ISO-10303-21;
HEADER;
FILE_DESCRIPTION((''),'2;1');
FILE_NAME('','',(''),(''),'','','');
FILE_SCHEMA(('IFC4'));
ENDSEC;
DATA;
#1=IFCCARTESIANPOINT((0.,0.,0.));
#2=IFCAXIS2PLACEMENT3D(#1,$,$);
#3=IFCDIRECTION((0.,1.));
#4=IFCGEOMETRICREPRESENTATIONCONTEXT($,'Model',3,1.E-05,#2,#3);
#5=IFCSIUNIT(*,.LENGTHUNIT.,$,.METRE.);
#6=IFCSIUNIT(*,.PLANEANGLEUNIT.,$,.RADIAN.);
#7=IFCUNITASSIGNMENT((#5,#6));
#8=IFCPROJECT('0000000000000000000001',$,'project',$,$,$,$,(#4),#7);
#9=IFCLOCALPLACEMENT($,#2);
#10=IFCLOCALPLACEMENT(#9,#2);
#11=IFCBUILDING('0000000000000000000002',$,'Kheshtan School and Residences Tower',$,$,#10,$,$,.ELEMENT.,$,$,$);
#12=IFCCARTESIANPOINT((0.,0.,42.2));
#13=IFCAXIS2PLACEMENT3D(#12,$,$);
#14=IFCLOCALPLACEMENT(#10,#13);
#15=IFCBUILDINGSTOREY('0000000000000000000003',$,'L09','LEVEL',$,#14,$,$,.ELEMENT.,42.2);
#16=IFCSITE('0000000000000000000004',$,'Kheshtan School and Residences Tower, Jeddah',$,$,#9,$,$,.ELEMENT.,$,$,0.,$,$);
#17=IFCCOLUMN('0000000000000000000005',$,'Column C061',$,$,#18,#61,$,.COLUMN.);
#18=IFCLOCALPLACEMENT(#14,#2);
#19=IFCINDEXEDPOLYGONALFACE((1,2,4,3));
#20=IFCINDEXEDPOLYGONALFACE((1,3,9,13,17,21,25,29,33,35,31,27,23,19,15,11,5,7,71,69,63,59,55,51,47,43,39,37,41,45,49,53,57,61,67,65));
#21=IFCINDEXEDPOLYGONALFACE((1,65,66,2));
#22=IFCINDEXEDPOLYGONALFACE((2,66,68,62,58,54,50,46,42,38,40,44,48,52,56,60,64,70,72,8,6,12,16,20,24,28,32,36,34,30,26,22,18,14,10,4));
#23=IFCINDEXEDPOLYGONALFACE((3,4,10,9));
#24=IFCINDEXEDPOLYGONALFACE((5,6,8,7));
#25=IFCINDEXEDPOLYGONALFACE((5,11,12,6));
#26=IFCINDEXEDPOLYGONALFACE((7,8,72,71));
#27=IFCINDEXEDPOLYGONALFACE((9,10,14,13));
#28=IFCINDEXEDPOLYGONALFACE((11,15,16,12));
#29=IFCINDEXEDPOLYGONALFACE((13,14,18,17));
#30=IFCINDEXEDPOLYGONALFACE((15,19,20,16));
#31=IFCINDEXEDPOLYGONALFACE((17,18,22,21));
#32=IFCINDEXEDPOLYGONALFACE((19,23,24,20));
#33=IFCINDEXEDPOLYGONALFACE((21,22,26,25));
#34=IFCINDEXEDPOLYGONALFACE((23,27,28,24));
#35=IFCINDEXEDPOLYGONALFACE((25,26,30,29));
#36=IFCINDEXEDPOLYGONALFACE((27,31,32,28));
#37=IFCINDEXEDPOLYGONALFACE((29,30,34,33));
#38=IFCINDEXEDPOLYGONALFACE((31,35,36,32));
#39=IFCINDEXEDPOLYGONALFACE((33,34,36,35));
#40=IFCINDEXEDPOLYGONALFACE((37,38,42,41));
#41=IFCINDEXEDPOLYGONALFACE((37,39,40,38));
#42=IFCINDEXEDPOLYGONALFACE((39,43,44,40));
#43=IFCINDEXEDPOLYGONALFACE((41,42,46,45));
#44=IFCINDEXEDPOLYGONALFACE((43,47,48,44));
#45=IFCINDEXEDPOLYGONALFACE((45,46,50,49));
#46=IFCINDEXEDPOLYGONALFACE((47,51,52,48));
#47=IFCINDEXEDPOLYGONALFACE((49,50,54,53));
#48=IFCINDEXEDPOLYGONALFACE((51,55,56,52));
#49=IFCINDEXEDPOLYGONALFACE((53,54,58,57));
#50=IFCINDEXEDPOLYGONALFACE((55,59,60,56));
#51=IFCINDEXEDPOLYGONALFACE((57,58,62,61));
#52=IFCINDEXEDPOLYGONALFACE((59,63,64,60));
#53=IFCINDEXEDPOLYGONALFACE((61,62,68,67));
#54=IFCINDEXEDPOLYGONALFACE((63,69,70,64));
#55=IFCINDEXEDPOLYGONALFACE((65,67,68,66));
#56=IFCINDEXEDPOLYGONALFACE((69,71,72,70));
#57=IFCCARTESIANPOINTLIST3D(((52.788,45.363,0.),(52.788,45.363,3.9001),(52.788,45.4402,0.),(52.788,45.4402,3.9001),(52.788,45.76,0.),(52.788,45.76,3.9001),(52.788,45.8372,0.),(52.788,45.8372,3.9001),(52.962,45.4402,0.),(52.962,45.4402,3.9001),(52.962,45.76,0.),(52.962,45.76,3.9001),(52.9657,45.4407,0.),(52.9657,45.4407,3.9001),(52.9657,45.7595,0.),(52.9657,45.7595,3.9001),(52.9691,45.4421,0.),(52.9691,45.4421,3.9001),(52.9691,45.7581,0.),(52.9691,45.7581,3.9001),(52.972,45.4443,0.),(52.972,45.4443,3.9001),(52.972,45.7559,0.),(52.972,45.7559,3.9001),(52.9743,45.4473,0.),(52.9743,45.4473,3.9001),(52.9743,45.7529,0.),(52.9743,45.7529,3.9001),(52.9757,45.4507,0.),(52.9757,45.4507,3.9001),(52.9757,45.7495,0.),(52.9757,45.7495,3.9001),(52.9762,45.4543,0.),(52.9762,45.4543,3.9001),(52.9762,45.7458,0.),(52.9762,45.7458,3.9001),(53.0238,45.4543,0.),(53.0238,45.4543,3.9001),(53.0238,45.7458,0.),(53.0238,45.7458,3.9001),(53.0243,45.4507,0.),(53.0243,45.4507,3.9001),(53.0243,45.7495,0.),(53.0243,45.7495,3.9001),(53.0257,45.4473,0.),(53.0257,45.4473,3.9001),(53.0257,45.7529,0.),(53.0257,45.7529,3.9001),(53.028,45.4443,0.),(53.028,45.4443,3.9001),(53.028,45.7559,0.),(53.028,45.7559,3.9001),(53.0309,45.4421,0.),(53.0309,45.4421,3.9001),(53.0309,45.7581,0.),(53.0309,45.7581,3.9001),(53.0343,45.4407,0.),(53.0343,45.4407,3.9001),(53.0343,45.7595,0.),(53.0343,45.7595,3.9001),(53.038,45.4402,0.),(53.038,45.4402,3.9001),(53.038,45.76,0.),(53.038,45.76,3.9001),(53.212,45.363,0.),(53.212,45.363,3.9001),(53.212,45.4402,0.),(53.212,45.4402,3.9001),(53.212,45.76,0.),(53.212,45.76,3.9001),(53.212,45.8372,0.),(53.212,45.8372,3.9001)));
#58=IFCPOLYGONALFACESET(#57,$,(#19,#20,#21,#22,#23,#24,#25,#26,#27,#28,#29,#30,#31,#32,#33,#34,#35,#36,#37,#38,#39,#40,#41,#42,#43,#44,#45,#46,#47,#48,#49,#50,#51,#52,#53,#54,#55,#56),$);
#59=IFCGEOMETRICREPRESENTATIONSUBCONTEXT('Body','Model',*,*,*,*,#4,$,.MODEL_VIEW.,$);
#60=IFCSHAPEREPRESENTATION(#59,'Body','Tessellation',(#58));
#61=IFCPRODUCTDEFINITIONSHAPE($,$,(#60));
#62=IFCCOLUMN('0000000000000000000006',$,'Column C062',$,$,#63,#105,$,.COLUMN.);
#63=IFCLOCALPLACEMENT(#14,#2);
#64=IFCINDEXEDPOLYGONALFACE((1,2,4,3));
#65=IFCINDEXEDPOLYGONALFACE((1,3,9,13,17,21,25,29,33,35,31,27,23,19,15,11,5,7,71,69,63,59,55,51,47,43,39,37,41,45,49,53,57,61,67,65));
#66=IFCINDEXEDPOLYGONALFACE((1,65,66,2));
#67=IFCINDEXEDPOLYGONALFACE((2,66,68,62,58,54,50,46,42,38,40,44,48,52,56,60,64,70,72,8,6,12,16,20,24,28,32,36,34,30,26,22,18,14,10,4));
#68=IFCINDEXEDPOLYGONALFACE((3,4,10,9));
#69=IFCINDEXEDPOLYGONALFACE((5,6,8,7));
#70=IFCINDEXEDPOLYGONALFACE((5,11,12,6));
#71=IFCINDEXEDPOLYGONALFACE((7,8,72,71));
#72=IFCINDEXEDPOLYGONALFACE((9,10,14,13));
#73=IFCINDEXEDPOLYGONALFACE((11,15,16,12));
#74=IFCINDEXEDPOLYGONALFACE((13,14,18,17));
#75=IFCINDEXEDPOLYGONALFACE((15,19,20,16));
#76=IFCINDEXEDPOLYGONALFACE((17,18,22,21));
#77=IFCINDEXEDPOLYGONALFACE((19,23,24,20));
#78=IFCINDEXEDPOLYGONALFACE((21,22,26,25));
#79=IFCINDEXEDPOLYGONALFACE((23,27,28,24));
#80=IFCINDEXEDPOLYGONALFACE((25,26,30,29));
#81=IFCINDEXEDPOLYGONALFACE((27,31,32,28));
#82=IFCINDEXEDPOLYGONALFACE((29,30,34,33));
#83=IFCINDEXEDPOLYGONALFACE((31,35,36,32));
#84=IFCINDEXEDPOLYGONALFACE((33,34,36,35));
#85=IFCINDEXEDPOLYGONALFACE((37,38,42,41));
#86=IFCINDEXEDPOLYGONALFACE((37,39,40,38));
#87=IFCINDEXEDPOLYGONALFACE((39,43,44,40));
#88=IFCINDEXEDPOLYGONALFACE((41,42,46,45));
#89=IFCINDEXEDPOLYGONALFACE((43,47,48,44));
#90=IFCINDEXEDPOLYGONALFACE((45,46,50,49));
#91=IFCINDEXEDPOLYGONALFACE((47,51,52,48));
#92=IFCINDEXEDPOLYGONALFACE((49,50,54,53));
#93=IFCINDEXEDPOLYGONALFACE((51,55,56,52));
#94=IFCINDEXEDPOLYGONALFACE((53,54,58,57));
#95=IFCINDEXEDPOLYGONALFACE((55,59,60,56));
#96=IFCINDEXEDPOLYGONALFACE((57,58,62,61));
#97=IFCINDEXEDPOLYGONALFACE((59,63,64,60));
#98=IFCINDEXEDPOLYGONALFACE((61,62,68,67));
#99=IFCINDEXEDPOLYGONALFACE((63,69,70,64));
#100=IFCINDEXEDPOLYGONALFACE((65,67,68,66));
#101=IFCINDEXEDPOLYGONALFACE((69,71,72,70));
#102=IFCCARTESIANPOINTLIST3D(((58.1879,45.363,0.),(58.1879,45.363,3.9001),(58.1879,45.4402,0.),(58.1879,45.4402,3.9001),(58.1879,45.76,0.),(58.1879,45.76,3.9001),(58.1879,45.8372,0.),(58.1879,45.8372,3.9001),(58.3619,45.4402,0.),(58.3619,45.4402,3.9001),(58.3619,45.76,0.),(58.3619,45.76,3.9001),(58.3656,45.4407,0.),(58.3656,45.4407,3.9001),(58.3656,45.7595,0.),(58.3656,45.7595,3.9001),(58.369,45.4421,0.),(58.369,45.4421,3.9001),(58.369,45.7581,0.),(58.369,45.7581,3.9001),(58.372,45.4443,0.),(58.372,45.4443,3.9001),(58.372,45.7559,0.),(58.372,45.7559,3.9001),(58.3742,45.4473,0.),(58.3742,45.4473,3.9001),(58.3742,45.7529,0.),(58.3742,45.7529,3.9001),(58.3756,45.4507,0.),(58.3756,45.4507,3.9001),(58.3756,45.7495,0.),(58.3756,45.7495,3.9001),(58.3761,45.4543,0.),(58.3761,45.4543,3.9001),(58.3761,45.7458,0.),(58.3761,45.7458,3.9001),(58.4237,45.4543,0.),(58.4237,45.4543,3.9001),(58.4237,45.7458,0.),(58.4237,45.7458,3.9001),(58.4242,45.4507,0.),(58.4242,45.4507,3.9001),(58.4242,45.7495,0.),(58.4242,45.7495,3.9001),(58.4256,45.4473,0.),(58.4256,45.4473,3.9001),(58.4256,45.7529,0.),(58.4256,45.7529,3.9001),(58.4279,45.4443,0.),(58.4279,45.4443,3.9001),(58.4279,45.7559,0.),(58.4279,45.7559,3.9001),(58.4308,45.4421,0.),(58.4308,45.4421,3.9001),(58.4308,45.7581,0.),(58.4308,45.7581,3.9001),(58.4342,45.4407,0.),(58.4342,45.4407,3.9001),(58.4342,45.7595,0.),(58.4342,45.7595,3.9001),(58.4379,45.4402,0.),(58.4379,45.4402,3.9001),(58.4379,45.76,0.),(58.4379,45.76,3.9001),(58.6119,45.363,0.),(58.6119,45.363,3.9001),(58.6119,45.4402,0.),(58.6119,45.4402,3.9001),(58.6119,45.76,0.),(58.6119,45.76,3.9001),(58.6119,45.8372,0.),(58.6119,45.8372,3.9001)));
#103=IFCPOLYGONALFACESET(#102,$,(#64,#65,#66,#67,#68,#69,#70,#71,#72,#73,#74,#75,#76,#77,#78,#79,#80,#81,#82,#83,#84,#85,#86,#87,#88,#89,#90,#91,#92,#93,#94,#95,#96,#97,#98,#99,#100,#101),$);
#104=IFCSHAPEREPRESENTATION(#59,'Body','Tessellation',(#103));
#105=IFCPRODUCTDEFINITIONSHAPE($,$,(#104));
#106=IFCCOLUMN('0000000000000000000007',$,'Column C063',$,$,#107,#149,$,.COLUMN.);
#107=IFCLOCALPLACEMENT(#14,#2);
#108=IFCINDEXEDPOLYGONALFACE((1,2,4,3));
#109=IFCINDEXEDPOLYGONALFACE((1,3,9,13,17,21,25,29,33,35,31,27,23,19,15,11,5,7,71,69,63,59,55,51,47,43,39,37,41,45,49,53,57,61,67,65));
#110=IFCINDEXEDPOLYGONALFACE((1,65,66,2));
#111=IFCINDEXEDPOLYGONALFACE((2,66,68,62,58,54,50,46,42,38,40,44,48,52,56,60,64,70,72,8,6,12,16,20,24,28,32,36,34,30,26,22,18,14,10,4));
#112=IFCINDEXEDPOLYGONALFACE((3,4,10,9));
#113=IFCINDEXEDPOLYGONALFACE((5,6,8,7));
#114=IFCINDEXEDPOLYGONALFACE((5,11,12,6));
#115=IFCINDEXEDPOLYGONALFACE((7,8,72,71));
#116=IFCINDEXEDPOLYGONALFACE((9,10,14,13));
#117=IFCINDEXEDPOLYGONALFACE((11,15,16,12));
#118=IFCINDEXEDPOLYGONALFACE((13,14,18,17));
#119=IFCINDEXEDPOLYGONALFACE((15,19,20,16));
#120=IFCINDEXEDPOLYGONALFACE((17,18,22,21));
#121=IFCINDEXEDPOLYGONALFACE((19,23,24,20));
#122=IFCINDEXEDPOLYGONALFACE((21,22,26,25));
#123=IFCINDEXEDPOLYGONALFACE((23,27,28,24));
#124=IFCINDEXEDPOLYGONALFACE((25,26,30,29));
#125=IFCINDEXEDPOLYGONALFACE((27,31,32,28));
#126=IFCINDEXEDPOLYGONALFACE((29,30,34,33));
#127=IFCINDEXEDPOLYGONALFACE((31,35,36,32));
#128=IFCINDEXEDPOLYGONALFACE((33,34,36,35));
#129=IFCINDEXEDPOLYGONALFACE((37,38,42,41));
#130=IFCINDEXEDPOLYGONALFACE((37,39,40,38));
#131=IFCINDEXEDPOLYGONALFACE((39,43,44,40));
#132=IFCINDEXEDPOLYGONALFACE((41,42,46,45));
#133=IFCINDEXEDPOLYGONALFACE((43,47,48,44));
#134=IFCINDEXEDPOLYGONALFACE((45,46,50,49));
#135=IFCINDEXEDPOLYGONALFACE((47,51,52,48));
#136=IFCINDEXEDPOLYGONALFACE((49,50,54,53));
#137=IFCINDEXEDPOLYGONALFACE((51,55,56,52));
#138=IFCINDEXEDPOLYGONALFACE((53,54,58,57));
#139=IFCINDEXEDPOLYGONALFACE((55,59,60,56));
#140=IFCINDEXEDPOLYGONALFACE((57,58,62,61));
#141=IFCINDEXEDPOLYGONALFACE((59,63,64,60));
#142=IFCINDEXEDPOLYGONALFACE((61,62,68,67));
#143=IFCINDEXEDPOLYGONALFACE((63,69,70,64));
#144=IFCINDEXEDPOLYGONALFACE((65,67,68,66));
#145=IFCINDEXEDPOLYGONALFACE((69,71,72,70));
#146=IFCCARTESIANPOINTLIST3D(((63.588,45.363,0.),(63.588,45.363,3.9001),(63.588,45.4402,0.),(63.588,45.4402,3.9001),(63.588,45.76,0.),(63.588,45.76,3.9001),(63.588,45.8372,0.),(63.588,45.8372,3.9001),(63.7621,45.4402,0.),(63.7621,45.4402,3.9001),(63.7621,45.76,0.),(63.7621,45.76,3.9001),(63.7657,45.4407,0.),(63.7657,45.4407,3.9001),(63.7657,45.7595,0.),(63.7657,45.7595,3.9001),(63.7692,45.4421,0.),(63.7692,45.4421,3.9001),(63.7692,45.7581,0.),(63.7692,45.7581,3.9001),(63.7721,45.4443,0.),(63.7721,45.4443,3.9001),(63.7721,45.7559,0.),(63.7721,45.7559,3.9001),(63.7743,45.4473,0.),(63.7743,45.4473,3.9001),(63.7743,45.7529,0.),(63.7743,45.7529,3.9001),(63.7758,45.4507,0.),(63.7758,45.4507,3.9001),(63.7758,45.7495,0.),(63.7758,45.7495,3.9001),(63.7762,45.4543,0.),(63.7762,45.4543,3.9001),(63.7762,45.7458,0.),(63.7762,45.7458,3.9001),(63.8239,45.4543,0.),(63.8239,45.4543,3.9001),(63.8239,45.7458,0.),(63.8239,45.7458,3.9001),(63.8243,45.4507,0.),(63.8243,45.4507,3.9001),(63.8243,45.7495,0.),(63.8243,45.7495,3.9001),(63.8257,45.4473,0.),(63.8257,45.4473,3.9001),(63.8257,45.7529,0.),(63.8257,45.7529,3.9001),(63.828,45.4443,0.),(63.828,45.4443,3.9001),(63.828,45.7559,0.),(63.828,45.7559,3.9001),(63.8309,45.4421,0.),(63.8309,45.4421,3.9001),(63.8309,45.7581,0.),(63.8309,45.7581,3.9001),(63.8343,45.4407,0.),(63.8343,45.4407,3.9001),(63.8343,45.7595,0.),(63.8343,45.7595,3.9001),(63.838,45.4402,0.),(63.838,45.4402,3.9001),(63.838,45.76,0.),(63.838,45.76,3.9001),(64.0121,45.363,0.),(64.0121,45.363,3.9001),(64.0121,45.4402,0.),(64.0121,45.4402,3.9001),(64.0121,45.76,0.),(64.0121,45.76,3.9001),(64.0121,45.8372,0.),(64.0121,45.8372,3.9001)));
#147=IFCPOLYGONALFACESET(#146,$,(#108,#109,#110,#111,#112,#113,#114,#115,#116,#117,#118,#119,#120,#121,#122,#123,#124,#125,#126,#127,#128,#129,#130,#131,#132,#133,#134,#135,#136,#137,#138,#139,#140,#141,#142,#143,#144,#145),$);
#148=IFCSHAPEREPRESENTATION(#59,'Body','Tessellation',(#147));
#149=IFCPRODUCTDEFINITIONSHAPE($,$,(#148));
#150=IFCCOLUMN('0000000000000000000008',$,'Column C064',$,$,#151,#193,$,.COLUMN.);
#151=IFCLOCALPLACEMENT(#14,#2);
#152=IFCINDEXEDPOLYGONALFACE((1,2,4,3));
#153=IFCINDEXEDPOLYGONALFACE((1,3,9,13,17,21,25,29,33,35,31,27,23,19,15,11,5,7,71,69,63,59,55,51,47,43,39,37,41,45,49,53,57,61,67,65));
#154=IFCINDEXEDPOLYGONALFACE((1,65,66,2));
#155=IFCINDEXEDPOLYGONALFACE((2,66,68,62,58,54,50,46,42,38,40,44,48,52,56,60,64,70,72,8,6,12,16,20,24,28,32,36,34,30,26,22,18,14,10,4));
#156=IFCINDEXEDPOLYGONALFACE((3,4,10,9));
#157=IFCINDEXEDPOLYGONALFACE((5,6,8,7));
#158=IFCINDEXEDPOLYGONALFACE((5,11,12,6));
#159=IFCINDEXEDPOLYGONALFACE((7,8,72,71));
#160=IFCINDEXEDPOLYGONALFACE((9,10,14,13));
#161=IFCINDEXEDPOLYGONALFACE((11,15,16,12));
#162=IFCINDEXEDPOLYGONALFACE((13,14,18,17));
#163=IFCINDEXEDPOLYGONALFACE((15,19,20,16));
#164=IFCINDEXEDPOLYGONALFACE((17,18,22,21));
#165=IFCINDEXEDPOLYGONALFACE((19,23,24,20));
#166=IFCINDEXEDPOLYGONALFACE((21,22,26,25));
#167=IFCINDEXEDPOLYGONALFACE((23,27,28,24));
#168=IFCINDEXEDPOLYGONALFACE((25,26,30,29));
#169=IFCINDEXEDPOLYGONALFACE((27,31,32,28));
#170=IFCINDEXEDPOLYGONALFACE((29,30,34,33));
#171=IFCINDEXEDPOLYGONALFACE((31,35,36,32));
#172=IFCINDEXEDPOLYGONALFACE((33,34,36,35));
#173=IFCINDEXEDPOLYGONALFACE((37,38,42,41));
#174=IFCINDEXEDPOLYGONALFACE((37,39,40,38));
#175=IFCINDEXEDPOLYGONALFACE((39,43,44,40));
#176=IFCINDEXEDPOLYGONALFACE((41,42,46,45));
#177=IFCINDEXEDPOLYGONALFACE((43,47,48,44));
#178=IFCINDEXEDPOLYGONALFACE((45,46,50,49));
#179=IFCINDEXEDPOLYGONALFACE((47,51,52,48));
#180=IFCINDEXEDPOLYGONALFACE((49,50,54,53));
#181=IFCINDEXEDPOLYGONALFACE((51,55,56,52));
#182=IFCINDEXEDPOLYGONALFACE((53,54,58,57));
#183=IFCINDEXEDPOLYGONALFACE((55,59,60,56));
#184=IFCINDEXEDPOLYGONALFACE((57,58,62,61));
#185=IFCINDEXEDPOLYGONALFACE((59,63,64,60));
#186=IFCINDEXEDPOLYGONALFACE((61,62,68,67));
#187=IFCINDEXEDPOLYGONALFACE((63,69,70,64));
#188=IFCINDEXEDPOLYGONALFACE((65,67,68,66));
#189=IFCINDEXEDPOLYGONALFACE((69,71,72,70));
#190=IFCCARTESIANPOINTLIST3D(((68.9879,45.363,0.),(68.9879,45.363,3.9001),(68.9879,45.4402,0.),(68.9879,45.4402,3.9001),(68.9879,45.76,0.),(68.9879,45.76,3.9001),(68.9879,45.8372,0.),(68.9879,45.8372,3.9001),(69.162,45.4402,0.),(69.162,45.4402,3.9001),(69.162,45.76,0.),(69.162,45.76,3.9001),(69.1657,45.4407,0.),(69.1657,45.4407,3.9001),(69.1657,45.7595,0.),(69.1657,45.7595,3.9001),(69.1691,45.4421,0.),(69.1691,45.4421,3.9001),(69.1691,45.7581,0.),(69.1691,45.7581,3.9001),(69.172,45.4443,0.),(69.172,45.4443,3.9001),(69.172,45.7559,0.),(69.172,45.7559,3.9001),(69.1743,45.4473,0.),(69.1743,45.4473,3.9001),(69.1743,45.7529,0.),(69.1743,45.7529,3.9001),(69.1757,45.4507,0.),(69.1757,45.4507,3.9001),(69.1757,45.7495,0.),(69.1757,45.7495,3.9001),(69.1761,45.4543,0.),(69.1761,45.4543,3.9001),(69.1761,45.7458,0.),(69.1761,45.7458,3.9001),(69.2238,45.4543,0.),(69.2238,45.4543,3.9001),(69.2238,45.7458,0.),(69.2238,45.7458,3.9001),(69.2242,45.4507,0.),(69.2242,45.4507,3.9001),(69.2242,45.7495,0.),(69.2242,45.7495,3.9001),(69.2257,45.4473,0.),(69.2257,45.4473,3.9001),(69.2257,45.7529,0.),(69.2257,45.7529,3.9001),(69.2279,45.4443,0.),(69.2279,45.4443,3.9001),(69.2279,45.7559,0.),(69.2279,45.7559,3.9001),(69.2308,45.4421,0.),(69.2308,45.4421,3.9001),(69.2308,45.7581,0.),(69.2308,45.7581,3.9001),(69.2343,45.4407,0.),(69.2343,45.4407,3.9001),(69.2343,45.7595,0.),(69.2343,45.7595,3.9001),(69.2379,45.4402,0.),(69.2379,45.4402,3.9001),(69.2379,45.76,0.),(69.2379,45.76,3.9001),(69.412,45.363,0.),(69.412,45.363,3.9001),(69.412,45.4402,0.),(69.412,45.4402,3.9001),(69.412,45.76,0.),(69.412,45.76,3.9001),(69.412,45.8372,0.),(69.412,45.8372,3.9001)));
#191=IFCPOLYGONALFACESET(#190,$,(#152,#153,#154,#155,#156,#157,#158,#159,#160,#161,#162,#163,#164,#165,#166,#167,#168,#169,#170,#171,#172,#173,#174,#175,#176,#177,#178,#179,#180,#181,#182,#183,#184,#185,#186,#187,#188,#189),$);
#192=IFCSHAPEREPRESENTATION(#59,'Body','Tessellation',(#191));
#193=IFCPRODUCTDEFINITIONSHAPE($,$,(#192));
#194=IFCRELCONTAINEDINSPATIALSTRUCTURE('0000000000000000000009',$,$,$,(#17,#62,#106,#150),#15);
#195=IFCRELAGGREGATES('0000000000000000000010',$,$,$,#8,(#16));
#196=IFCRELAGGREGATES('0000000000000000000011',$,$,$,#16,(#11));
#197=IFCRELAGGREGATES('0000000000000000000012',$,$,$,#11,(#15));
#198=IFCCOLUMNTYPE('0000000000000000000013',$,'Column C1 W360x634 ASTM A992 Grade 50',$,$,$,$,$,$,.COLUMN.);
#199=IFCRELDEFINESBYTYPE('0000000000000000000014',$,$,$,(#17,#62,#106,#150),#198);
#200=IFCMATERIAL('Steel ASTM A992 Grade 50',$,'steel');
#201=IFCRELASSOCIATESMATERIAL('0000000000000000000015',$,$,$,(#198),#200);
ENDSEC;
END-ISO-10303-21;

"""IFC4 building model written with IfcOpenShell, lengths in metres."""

from ifc_helpers import new_model, si_unit, direction, frame, origin, origin_2d, place, context, subcontext, project, spatial, i_section, extrude, material, material_profile, profile_set, type_object, element, save


model = new_model("IFC4")

# Units and contexts
model_context = context("Model", 3, precision=1e-05, world=origin(), true_north=direction((0.0, 1.0)))
body_context = subcontext(model_context, "Body", "Model", "MODEL_VIEW")
ifc_project = project(units=[si_unit("LENGTHUNIT", "METRE"), si_unit("PLANEANGLEUNIT", "RADIAN")], contexts=[model_context])

# Site, building, storey
site_placement = place(None, origin())
site = spatial("IfcSite", under=ifc_project, at=site_placement, Name="Kheshtan School and Residences Tower, Jeddah", CompositionType="ELEMENT", RefElevation=0.0)
building_placement = place(site_placement, origin())
building = spatial("IfcBuilding", under=site, at=building_placement, Name="Kheshtan School and Residences Tower", CompositionType="ELEMENT")
storey_placement = place(building_placement, frame((0.0, 0.0, 42.2)))
storey = spatial("IfcBuildingStorey", under=building, at=storey_placement, Name="L09", Description="LEVEL", CompositionType="ELEMENT", Elevation=42.2)

# Columns
ifc_material_1 = material(Name="Steel ASTM A992 Grade 50", Category="steel")
ifc_material_profile_1 = material_profile(ifc_material_1, i_section(OverallWidth=0.4241, OverallDepth=0.4741, WebThickness=0.0476, FlangeThickness=0.0771, FilletRadius=0.0142, at=origin_2d()), Name="W360x634")
ifc_profile_set_1 = profile_set([ifc_material_profile_1], Name="Steel ASTM A992 Grade 50")
column_type = type_object("IfcColumnType", Name="Column C1 W360x634 ASTM A992 Grade 50", PredefinedType="COLUMN", material=ifc_profile_set_1)
for number, where, z_axis, x_axis, name in (
    (1, (53.0, 45.6001, 0.0), (0.0, 0.0, 1.0), (1.0, 0.0, 0.0), "Column C061"),
    (2, (58.3999, 45.6001, 0.0), (0.0, 0.0, 1.0), (1.0, 0.0, 0.0), "Column C062"),
    (3, (63.8, 45.6001, 0.0), (0.0, 0.0, 1.0), (1.0, 0.0, 0.0), "Column C063"),
    (4, (69.2, 45.6001, 0.0), (0.0, 0.0, 1.0), (1.0, 0.0, 0.0), "Column C064"),
):
    element("IfcColumn", number, at=place(storey_placement, frame(where, z_axis=z_axis, x_axis=x_axis)), inside=storey, type_object=column_type, Name=name, PredefinedType="COLUMN", context=body_context, shape_type="SweptSolid", body=[
        extrude(i_section(OverallWidth=0.4241, OverallDepth=0.4741, WebThickness=0.0476, FlangeThickness=0.0771, FilletRadius=0.0142, at=origin_2d()), origin(), (0.0, 0.0, 1.0), 3.9001),
    ])

save(model, "model.ifc")
